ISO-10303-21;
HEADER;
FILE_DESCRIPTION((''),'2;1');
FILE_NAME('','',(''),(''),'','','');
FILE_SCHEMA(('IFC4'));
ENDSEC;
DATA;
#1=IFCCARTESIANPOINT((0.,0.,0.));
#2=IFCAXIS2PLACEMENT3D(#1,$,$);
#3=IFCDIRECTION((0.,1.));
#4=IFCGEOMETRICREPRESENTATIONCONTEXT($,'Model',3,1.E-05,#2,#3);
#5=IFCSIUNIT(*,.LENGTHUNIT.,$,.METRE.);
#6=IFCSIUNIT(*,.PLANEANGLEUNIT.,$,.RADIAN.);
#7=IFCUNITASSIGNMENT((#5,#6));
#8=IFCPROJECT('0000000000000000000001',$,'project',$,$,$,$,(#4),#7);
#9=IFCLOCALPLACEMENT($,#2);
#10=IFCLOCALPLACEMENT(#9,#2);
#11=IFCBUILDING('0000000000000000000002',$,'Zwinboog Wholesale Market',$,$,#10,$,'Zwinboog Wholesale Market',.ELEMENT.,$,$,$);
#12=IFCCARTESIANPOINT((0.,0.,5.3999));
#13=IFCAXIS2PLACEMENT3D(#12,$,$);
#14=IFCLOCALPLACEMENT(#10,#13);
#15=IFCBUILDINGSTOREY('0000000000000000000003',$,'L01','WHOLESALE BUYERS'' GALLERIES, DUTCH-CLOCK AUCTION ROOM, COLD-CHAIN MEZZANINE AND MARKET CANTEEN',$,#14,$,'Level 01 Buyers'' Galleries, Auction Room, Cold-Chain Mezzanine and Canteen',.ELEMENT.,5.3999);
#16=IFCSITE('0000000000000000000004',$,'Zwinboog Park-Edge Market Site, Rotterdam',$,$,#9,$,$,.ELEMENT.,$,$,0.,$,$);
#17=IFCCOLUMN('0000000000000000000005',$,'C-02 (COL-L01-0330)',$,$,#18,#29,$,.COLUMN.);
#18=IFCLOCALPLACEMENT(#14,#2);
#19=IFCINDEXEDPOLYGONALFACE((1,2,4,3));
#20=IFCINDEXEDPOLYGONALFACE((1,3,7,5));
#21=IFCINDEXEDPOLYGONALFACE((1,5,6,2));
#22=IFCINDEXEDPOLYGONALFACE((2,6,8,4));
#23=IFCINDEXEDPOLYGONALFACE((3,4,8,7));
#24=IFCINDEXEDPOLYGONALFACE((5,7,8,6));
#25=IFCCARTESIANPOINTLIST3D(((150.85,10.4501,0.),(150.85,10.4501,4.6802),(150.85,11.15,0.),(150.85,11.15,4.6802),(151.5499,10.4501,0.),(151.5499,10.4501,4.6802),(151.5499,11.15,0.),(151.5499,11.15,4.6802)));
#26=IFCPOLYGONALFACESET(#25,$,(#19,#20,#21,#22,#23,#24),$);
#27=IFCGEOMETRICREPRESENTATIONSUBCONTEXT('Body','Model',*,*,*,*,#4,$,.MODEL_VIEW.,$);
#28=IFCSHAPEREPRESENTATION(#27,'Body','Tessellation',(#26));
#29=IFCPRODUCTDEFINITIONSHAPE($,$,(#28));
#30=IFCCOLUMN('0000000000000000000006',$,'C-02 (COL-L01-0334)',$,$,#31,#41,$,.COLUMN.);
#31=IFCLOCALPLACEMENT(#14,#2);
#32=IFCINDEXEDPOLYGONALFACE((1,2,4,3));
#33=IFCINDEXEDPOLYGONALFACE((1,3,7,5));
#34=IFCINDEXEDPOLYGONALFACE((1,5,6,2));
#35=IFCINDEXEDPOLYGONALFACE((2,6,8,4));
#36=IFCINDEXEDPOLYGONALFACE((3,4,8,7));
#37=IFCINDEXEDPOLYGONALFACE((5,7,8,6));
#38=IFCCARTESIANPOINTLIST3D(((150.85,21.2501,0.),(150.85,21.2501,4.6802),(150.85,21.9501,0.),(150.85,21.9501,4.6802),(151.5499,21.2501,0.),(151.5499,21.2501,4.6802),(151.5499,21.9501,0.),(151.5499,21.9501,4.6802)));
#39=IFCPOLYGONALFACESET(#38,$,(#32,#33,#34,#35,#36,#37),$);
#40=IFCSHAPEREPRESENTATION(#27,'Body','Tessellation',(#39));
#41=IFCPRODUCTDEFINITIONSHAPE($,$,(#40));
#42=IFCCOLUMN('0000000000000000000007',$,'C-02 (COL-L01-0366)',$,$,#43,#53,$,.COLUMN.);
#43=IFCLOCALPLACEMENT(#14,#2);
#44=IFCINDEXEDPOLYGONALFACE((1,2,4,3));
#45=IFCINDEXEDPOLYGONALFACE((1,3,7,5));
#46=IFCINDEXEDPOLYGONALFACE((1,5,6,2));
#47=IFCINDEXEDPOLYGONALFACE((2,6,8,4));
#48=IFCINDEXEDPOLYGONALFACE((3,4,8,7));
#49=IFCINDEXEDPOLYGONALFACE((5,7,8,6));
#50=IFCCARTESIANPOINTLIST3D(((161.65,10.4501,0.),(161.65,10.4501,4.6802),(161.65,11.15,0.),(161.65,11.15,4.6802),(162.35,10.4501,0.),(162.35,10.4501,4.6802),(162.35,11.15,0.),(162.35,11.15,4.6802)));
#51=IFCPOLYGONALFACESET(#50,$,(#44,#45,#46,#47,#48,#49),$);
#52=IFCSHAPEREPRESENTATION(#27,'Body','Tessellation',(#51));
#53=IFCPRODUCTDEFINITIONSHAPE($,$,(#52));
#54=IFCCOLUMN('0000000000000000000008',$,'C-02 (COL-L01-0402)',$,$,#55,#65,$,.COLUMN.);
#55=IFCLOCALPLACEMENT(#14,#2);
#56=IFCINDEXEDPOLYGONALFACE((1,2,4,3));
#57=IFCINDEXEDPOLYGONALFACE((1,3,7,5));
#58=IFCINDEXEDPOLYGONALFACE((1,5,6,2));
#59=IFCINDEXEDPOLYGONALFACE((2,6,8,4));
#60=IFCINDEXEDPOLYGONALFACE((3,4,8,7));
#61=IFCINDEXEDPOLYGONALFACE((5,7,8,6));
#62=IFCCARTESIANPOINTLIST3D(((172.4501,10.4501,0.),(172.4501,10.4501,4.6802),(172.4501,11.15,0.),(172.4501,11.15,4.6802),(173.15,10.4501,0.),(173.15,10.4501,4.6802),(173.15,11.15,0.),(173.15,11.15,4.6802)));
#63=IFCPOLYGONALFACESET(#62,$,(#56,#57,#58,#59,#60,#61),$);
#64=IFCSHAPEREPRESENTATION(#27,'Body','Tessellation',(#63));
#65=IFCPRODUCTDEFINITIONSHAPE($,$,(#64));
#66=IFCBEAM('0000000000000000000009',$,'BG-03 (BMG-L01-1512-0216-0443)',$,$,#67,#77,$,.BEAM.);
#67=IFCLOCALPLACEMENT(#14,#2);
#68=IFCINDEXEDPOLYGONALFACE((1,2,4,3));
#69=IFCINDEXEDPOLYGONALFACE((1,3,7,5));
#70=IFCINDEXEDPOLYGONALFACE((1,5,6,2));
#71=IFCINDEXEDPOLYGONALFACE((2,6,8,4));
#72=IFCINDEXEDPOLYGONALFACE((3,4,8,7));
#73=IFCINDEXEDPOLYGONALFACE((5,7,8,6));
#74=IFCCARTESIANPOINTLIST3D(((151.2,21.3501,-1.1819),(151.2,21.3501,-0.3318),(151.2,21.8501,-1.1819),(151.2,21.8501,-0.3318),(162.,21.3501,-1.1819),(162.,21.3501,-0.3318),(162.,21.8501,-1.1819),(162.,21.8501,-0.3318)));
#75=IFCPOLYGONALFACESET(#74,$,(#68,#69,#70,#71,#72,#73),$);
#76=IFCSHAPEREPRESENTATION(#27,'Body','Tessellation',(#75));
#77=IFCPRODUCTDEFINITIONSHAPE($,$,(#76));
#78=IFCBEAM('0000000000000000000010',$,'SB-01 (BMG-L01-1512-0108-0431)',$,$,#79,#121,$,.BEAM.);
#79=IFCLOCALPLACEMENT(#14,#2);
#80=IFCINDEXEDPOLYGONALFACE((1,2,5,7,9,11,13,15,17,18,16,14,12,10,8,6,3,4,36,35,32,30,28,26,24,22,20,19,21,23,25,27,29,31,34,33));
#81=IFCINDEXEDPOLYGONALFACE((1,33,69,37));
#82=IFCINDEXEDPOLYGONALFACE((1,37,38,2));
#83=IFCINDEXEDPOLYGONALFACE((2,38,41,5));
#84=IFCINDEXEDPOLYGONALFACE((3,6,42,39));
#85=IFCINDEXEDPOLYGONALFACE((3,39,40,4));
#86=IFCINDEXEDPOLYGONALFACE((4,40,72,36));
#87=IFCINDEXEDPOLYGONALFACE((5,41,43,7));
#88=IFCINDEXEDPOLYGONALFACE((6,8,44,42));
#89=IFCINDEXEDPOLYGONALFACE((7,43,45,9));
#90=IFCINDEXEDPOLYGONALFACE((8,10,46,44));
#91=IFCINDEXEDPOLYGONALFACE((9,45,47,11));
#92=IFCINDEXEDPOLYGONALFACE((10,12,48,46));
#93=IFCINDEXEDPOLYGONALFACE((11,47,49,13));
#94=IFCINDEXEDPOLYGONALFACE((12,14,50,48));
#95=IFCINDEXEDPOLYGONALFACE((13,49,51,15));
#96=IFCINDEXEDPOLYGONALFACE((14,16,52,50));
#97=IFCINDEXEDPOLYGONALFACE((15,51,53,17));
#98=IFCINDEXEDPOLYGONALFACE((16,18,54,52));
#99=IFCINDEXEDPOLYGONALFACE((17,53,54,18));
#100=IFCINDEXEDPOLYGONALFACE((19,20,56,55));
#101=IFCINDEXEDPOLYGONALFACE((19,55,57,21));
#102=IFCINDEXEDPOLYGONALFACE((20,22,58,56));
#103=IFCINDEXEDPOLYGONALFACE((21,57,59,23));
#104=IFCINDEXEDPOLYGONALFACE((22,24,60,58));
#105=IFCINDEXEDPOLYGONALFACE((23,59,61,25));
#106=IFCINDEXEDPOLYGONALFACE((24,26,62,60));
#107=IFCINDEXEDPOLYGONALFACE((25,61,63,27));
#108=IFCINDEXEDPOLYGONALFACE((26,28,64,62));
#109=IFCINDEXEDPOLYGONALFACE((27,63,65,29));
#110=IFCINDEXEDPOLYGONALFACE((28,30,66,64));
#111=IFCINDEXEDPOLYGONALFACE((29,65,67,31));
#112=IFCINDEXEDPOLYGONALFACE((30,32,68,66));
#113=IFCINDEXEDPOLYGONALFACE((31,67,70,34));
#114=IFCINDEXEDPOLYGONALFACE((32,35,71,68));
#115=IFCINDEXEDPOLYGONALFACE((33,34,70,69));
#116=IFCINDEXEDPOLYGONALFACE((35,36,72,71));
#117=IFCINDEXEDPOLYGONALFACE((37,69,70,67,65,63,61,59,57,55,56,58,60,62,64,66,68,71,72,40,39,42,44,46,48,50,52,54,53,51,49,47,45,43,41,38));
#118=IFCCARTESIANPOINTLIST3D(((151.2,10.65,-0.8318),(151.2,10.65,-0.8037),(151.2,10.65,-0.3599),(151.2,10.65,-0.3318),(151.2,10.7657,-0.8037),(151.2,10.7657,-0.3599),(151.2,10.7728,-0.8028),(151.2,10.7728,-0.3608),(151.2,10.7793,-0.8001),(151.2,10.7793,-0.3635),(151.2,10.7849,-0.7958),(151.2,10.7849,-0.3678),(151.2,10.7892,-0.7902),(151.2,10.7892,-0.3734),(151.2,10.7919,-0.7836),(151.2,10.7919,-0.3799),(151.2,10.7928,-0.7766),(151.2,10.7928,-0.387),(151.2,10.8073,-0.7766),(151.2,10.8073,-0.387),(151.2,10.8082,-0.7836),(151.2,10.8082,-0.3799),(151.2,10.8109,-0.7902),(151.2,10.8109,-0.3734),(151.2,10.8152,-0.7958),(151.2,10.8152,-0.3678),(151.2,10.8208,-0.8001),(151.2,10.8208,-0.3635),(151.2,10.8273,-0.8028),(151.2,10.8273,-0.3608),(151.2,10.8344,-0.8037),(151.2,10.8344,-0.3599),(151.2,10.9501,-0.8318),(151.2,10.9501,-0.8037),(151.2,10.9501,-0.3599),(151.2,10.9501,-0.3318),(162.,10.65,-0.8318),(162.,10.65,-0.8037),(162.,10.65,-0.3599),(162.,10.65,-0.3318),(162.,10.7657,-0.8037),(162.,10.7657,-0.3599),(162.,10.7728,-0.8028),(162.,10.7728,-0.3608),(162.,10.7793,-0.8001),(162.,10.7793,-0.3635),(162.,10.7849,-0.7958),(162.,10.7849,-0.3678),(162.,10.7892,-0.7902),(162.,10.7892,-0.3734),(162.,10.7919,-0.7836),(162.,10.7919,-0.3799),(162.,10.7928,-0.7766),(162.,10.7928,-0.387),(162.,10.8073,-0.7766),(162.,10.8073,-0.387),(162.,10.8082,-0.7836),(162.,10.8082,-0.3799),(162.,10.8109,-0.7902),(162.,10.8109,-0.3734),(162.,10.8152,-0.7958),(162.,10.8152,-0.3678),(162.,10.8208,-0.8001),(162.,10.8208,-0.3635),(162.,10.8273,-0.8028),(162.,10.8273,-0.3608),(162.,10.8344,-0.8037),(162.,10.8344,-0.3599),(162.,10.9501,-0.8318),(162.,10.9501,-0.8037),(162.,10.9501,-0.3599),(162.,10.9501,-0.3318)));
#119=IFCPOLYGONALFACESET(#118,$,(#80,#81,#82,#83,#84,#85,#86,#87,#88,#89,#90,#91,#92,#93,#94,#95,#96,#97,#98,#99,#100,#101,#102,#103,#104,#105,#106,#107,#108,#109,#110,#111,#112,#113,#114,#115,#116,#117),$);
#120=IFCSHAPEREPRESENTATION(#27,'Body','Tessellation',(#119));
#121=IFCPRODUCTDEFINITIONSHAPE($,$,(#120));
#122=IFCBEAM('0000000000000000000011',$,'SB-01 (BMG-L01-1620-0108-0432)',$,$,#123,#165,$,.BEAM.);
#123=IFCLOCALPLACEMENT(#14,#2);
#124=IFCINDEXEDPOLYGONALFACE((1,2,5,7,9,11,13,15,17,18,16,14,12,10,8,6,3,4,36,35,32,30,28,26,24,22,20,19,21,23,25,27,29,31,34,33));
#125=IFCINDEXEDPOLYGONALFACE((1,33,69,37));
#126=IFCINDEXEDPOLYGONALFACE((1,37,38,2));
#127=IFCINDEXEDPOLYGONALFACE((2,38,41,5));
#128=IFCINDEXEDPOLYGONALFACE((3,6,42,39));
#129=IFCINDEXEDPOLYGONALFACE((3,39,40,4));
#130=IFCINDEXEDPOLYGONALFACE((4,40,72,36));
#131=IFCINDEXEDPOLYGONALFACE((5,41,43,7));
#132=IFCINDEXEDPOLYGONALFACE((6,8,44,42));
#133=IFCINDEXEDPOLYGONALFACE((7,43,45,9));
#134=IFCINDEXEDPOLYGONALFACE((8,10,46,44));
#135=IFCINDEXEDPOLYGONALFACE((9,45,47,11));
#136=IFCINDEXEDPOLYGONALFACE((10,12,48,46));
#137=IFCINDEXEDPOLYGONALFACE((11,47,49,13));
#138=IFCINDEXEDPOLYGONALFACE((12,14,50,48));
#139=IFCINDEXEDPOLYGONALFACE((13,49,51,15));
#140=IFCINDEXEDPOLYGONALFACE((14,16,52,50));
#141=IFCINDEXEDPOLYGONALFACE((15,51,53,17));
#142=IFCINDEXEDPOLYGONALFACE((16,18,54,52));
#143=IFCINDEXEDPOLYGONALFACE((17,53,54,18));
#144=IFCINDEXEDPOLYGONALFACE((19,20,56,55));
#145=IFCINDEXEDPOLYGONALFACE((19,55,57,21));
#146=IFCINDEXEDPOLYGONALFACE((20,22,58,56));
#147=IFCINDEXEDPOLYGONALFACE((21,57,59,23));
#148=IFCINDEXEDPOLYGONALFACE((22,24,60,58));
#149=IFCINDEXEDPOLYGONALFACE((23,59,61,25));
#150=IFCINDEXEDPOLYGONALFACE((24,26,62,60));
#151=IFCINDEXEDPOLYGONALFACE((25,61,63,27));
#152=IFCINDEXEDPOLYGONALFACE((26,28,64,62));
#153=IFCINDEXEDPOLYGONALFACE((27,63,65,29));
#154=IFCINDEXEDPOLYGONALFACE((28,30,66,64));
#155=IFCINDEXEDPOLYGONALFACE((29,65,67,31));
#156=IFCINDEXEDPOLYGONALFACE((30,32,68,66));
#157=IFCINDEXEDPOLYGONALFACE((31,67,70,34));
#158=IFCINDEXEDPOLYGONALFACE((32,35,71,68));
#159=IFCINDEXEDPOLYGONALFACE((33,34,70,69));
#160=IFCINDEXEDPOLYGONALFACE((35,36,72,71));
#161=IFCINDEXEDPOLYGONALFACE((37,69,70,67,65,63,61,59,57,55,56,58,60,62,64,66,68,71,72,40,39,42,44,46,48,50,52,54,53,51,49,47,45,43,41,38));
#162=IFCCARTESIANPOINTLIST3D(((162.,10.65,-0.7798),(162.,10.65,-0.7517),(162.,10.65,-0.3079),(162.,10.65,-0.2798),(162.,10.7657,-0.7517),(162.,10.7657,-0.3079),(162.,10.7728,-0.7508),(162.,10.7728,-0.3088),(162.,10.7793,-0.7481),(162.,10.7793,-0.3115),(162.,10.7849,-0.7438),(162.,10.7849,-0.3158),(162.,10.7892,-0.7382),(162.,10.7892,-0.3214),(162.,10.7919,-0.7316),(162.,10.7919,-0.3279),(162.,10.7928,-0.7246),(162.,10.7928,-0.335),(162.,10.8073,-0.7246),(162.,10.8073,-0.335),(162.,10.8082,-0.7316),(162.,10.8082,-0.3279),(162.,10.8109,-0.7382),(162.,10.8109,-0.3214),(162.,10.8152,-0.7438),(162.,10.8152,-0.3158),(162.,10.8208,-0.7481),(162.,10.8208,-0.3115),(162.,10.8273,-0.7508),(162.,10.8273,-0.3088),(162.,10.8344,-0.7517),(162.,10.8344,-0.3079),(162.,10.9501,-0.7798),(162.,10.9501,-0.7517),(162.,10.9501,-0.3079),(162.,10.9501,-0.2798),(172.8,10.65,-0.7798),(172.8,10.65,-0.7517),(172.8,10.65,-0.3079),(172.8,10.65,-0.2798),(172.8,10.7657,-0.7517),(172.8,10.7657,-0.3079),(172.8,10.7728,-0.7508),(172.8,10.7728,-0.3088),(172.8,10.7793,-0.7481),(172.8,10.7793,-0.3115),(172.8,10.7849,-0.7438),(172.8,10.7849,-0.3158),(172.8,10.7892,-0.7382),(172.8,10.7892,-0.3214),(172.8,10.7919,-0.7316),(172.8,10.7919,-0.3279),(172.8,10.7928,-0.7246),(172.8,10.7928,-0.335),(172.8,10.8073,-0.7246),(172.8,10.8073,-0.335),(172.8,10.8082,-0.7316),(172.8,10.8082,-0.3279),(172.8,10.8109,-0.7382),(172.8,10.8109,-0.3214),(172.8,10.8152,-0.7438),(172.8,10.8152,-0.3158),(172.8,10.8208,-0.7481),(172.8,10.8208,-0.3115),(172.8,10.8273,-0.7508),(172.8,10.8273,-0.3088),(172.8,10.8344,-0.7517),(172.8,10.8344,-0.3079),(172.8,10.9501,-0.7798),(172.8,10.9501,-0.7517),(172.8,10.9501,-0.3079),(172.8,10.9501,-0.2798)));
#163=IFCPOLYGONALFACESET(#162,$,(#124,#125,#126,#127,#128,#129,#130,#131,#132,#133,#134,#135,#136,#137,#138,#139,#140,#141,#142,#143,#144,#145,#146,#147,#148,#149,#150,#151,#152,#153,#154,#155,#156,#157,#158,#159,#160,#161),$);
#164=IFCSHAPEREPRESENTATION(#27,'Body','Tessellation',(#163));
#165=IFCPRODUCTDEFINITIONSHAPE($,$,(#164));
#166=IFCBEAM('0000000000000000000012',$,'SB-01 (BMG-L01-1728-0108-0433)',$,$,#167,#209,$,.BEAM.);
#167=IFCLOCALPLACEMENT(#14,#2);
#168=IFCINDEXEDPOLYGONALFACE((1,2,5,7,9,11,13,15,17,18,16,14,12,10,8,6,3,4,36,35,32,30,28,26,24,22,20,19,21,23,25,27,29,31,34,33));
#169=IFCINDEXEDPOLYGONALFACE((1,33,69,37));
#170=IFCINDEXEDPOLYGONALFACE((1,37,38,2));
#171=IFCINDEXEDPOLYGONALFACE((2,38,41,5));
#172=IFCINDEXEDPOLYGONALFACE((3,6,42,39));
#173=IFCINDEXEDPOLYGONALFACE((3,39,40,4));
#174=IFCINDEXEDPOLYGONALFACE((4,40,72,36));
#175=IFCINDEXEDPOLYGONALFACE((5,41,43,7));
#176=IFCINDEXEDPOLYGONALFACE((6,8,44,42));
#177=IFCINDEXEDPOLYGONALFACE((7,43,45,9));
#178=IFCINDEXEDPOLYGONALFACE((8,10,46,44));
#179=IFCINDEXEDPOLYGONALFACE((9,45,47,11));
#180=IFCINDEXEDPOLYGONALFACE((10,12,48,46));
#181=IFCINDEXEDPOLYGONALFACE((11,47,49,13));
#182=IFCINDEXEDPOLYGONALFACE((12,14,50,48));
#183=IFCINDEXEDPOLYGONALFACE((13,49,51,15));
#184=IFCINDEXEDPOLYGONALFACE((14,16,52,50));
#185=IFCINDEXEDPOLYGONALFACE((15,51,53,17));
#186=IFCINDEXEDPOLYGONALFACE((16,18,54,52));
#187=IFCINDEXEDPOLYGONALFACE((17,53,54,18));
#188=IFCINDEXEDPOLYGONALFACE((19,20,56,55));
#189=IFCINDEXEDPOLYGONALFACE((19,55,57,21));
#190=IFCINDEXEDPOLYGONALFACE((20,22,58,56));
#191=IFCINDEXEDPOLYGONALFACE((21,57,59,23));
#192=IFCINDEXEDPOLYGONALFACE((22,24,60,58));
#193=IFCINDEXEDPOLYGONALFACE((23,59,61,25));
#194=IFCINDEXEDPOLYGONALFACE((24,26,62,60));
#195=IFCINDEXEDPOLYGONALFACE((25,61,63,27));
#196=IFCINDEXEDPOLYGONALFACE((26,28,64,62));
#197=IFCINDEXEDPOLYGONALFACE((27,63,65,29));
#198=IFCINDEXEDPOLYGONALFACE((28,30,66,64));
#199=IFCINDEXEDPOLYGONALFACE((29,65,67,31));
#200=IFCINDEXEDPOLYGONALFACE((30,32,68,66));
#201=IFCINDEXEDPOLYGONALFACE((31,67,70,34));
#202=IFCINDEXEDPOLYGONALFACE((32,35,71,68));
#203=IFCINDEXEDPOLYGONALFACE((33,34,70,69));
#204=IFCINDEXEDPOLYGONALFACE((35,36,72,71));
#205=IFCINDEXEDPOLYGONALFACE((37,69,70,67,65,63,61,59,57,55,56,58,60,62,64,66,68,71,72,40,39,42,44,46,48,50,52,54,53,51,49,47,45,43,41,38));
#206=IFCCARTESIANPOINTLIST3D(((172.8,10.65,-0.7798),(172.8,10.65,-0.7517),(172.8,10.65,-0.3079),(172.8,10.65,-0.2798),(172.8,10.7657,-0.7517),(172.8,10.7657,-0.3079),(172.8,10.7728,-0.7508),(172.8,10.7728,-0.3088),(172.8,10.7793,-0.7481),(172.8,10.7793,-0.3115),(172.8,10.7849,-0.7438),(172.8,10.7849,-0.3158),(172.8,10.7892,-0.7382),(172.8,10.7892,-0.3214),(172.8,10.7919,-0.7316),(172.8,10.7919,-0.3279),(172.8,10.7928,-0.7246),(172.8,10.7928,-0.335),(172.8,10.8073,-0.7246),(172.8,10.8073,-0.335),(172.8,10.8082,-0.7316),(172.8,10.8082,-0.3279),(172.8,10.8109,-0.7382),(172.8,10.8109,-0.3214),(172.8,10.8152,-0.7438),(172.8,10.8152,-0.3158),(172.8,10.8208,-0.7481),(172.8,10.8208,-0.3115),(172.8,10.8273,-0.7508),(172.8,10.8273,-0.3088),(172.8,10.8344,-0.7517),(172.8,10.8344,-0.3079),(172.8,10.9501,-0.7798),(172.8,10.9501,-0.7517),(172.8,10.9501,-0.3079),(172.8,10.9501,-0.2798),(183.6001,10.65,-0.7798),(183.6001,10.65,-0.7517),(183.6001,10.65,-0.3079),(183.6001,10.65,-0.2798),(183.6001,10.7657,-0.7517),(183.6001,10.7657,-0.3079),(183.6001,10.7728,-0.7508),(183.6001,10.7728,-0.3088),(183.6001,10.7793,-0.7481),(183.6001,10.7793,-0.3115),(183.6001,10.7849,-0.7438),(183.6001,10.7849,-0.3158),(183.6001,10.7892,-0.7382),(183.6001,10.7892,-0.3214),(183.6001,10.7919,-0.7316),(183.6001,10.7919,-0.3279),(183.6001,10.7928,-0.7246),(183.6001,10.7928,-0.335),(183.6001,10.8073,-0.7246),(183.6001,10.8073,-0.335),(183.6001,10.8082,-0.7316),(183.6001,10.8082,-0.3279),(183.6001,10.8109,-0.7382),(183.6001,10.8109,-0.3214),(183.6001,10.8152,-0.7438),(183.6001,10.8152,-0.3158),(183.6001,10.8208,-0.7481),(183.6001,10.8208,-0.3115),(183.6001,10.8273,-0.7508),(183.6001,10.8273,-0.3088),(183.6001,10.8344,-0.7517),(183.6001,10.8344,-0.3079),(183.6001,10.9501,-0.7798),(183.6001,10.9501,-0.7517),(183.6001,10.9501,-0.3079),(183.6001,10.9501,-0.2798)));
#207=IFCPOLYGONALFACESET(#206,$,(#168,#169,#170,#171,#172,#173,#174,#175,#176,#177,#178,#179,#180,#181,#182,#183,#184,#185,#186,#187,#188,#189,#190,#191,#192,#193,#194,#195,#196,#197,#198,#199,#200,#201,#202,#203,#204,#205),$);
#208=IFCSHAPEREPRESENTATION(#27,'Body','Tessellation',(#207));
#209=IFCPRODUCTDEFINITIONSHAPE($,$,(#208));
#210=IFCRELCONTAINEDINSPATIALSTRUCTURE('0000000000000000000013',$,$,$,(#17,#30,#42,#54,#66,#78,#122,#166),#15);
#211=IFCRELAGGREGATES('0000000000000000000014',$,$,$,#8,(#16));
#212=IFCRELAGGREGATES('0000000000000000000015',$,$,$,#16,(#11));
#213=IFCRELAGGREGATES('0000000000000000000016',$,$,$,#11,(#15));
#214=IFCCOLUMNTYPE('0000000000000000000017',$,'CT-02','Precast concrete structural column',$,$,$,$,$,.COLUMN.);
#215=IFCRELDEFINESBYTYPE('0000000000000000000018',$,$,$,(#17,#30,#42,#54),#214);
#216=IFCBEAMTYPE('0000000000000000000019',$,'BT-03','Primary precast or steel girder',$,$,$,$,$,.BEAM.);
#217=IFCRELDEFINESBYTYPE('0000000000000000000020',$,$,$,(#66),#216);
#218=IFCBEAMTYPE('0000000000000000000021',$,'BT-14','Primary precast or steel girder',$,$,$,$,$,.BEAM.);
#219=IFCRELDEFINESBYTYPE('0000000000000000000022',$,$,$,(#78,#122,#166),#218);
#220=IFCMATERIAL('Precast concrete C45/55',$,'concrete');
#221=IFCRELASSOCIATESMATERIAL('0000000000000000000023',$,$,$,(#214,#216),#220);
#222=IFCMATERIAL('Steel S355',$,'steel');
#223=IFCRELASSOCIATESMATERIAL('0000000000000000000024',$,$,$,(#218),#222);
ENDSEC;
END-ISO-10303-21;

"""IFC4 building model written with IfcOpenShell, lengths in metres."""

from ifc_helpers import new_model, si_unit, direction, frame, origin, origin_2d, place, context, subcontext, project, spatial, rectangle, i_section, extrude, material, material_profile, profile_set, type_object, element, save


model = new_model("IFC4")

# Units and contexts
model_context = context("Model", 3, precision=1e-05, world=origin(), true_north=direction((0.0, 1.0)))
body_context = subcontext(model_context, "Body", "Model", "MODEL_VIEW")
ifc_project = project(units=[si_unit("LENGTHUNIT", "METRE"), si_unit("PLANEANGLEUNIT", "RADIAN")], contexts=[model_context])

# Site, building, storey
site_placement = place(None, origin())
site = spatial("IfcSite", under=ifc_project, at=site_placement, Name="Zwinboog Park-Edge Market Site, Rotterdam", CompositionType="ELEMENT", RefElevation=0.0)
building_placement = place(site_placement, origin())
building = spatial("IfcBuilding", under=site, at=building_placement, Name="Zwinboog Wholesale Market", LongName="Zwinboog Wholesale Market", CompositionType="ELEMENT")
storey_placement = place(building_placement, frame((0.0, 0.0, 5.3999)))
storey = spatial("IfcBuildingStorey", under=building, at=storey_placement, Name="L01", Description="WHOLESALE BUYERS' GALLERIES, DUTCH-CLOCK AUCTION ROOM, COLD-CHAIN MEZZANINE AND MARKET CANTEEN", LongName="Level 01 Buyers' Galleries, Auction Room, Cold-Chain Mezzanine and Canteen", CompositionType="ELEMENT", Elevation=5.3999)

# Columns
ifc_material_1 = material(Name="Precast concrete C45/55", Category="concrete")
ifc_material_profile_1 = material_profile(ifc_material_1, rectangle(XDim=0.7, YDim=0.7, at=origin_2d()), Name="PC 700x700")
ifc_profile_set_1 = profile_set([ifc_material_profile_1], Name="Precast concrete C45/55")
column_type = type_object("IfcColumnType", Name="CT-02", Description="Precast concrete structural column", PredefinedType="COLUMN", material=ifc_profile_set_1)
for number, where, z_axis, x_axis, name in (
    (1, (151.2, 10.8, 0.0), (0.0, 0.0, 1.0), (1.0, 0.0, 0.0), "C-02 (COL-L01-0330)"),
    (2, (151.2, 21.6001, 0.0), (0.0, 0.0, 1.0), (1.0, 0.0, 0.0), "C-02 (COL-L01-0334)"),
    (3, (162.0, 10.8, 0.0), (0.0, 0.0, 1.0), (1.0, 0.0, 0.0), "C-02 (COL-L01-0366)"),
    (4, (172.8, 10.8, 0.0), (0.0, 0.0, 1.0), (1.0, 0.0, 0.0), "C-02 (COL-L01-0402)"),
):
    element("IfcColumn", number, at=place(storey_placement, frame(where, z_axis=z_axis, x_axis=x_axis)), inside=storey, type_object=column_type, Name=name, PredefinedType="COLUMN", context=body_context, shape_type="SweptSolid", body=[
        extrude(rectangle(XDim=0.7, YDim=0.7, at=origin_2d()), origin(), (0.0, 0.0, 1.0), 4.6802),
    ])

# Beams
ifc_material_profile_2 = material_profile(ifc_material_1, rectangle(XDim=0.5, YDim=0.8501, at=origin_2d()), Name="PC 500x850")
ifc_profile_set_2 = profile_set([ifc_material_profile_2], Name="Precast concrete C45/55")
beam_type_1 = type_object("IfcBeamType", Name="BT-03", Description="Primary precast or steel girder", PredefinedType="BEAM", material=ifc_profile_set_2)
beam_1_placement = place(storey_placement, frame((151.2, 21.6001, -0.7568), z_axis=(1.0, 0.0, 0.0), x_axis=(0.0, 1.0, 0.0)))
element("IfcBeam", 5, at=beam_1_placement, inside=storey, type_object=beam_type_1, Name="BG-03 (BMG-L01-1512-0216-0443)", PredefinedType="BEAM", context=body_context, shape_type="SweptSolid", body=[
    extrude(rectangle(XDim=0.5, YDim=0.8501, at=origin_2d()), origin(), (0.0, 0.0, 1.0), 10.8),
])
ifc_material_2 = material(Name="Steel S355", Category="steel")
ifc_material_profile_3 = material_profile(ifc_material_2, i_section(OverallWidth=0.3, OverallDepth=0.5, WebThickness=0.0144, FlangeThickness=0.0281, FilletRadius=0.0271, at=origin_2d()), Name="HEB 500")
ifc_profile_set_3 = profile_set([ifc_material_profile_3], Name="Steel S355")
beam_type_2 = type_object("IfcBeamType", Name="BT-14", Description="Primary precast or steel girder", PredefinedType="BEAM", material=ifc_profile_set_3)
for number, where, z_axis, x_axis, name in (
    (6, (151.2, 10.8, -0.5818), (1.0, 0.0, 0.0), (0.0, 1.0, 0.0), "SB-01 (BMG-L01-1512-0108-0431)"),
    (7, (162.0, 10.8, -0.5298), (1.0, 0.0, 0.0), (0.0, 1.0, 0.0), "SB-01 (BMG-L01-1620-0108-0432)"),
    (8, (172.8, 10.8, -0.5298), (1.0, 0.0, 0.0), (0.0, 1.0, 0.0), "SB-01 (BMG-L01-1728-0108-0433)"),
):
    element("IfcBeam", number, at=place(storey_placement, frame(where, z_axis=z_axis, x_axis=x_axis)), inside=storey, type_object=beam_type_2, Name=name, PredefinedType="BEAM", context=body_context, shape_type="SweptSolid", body=[
        extrude(i_section(OverallWidth=0.3, OverallDepth=0.5, WebThickness=0.0144, FlangeThickness=0.0281, FilletRadius=0.0271, at=origin_2d()), origin(), (0.0, 0.0, 1.0), 10.8),
    ])

save(model, "model.ifc")
